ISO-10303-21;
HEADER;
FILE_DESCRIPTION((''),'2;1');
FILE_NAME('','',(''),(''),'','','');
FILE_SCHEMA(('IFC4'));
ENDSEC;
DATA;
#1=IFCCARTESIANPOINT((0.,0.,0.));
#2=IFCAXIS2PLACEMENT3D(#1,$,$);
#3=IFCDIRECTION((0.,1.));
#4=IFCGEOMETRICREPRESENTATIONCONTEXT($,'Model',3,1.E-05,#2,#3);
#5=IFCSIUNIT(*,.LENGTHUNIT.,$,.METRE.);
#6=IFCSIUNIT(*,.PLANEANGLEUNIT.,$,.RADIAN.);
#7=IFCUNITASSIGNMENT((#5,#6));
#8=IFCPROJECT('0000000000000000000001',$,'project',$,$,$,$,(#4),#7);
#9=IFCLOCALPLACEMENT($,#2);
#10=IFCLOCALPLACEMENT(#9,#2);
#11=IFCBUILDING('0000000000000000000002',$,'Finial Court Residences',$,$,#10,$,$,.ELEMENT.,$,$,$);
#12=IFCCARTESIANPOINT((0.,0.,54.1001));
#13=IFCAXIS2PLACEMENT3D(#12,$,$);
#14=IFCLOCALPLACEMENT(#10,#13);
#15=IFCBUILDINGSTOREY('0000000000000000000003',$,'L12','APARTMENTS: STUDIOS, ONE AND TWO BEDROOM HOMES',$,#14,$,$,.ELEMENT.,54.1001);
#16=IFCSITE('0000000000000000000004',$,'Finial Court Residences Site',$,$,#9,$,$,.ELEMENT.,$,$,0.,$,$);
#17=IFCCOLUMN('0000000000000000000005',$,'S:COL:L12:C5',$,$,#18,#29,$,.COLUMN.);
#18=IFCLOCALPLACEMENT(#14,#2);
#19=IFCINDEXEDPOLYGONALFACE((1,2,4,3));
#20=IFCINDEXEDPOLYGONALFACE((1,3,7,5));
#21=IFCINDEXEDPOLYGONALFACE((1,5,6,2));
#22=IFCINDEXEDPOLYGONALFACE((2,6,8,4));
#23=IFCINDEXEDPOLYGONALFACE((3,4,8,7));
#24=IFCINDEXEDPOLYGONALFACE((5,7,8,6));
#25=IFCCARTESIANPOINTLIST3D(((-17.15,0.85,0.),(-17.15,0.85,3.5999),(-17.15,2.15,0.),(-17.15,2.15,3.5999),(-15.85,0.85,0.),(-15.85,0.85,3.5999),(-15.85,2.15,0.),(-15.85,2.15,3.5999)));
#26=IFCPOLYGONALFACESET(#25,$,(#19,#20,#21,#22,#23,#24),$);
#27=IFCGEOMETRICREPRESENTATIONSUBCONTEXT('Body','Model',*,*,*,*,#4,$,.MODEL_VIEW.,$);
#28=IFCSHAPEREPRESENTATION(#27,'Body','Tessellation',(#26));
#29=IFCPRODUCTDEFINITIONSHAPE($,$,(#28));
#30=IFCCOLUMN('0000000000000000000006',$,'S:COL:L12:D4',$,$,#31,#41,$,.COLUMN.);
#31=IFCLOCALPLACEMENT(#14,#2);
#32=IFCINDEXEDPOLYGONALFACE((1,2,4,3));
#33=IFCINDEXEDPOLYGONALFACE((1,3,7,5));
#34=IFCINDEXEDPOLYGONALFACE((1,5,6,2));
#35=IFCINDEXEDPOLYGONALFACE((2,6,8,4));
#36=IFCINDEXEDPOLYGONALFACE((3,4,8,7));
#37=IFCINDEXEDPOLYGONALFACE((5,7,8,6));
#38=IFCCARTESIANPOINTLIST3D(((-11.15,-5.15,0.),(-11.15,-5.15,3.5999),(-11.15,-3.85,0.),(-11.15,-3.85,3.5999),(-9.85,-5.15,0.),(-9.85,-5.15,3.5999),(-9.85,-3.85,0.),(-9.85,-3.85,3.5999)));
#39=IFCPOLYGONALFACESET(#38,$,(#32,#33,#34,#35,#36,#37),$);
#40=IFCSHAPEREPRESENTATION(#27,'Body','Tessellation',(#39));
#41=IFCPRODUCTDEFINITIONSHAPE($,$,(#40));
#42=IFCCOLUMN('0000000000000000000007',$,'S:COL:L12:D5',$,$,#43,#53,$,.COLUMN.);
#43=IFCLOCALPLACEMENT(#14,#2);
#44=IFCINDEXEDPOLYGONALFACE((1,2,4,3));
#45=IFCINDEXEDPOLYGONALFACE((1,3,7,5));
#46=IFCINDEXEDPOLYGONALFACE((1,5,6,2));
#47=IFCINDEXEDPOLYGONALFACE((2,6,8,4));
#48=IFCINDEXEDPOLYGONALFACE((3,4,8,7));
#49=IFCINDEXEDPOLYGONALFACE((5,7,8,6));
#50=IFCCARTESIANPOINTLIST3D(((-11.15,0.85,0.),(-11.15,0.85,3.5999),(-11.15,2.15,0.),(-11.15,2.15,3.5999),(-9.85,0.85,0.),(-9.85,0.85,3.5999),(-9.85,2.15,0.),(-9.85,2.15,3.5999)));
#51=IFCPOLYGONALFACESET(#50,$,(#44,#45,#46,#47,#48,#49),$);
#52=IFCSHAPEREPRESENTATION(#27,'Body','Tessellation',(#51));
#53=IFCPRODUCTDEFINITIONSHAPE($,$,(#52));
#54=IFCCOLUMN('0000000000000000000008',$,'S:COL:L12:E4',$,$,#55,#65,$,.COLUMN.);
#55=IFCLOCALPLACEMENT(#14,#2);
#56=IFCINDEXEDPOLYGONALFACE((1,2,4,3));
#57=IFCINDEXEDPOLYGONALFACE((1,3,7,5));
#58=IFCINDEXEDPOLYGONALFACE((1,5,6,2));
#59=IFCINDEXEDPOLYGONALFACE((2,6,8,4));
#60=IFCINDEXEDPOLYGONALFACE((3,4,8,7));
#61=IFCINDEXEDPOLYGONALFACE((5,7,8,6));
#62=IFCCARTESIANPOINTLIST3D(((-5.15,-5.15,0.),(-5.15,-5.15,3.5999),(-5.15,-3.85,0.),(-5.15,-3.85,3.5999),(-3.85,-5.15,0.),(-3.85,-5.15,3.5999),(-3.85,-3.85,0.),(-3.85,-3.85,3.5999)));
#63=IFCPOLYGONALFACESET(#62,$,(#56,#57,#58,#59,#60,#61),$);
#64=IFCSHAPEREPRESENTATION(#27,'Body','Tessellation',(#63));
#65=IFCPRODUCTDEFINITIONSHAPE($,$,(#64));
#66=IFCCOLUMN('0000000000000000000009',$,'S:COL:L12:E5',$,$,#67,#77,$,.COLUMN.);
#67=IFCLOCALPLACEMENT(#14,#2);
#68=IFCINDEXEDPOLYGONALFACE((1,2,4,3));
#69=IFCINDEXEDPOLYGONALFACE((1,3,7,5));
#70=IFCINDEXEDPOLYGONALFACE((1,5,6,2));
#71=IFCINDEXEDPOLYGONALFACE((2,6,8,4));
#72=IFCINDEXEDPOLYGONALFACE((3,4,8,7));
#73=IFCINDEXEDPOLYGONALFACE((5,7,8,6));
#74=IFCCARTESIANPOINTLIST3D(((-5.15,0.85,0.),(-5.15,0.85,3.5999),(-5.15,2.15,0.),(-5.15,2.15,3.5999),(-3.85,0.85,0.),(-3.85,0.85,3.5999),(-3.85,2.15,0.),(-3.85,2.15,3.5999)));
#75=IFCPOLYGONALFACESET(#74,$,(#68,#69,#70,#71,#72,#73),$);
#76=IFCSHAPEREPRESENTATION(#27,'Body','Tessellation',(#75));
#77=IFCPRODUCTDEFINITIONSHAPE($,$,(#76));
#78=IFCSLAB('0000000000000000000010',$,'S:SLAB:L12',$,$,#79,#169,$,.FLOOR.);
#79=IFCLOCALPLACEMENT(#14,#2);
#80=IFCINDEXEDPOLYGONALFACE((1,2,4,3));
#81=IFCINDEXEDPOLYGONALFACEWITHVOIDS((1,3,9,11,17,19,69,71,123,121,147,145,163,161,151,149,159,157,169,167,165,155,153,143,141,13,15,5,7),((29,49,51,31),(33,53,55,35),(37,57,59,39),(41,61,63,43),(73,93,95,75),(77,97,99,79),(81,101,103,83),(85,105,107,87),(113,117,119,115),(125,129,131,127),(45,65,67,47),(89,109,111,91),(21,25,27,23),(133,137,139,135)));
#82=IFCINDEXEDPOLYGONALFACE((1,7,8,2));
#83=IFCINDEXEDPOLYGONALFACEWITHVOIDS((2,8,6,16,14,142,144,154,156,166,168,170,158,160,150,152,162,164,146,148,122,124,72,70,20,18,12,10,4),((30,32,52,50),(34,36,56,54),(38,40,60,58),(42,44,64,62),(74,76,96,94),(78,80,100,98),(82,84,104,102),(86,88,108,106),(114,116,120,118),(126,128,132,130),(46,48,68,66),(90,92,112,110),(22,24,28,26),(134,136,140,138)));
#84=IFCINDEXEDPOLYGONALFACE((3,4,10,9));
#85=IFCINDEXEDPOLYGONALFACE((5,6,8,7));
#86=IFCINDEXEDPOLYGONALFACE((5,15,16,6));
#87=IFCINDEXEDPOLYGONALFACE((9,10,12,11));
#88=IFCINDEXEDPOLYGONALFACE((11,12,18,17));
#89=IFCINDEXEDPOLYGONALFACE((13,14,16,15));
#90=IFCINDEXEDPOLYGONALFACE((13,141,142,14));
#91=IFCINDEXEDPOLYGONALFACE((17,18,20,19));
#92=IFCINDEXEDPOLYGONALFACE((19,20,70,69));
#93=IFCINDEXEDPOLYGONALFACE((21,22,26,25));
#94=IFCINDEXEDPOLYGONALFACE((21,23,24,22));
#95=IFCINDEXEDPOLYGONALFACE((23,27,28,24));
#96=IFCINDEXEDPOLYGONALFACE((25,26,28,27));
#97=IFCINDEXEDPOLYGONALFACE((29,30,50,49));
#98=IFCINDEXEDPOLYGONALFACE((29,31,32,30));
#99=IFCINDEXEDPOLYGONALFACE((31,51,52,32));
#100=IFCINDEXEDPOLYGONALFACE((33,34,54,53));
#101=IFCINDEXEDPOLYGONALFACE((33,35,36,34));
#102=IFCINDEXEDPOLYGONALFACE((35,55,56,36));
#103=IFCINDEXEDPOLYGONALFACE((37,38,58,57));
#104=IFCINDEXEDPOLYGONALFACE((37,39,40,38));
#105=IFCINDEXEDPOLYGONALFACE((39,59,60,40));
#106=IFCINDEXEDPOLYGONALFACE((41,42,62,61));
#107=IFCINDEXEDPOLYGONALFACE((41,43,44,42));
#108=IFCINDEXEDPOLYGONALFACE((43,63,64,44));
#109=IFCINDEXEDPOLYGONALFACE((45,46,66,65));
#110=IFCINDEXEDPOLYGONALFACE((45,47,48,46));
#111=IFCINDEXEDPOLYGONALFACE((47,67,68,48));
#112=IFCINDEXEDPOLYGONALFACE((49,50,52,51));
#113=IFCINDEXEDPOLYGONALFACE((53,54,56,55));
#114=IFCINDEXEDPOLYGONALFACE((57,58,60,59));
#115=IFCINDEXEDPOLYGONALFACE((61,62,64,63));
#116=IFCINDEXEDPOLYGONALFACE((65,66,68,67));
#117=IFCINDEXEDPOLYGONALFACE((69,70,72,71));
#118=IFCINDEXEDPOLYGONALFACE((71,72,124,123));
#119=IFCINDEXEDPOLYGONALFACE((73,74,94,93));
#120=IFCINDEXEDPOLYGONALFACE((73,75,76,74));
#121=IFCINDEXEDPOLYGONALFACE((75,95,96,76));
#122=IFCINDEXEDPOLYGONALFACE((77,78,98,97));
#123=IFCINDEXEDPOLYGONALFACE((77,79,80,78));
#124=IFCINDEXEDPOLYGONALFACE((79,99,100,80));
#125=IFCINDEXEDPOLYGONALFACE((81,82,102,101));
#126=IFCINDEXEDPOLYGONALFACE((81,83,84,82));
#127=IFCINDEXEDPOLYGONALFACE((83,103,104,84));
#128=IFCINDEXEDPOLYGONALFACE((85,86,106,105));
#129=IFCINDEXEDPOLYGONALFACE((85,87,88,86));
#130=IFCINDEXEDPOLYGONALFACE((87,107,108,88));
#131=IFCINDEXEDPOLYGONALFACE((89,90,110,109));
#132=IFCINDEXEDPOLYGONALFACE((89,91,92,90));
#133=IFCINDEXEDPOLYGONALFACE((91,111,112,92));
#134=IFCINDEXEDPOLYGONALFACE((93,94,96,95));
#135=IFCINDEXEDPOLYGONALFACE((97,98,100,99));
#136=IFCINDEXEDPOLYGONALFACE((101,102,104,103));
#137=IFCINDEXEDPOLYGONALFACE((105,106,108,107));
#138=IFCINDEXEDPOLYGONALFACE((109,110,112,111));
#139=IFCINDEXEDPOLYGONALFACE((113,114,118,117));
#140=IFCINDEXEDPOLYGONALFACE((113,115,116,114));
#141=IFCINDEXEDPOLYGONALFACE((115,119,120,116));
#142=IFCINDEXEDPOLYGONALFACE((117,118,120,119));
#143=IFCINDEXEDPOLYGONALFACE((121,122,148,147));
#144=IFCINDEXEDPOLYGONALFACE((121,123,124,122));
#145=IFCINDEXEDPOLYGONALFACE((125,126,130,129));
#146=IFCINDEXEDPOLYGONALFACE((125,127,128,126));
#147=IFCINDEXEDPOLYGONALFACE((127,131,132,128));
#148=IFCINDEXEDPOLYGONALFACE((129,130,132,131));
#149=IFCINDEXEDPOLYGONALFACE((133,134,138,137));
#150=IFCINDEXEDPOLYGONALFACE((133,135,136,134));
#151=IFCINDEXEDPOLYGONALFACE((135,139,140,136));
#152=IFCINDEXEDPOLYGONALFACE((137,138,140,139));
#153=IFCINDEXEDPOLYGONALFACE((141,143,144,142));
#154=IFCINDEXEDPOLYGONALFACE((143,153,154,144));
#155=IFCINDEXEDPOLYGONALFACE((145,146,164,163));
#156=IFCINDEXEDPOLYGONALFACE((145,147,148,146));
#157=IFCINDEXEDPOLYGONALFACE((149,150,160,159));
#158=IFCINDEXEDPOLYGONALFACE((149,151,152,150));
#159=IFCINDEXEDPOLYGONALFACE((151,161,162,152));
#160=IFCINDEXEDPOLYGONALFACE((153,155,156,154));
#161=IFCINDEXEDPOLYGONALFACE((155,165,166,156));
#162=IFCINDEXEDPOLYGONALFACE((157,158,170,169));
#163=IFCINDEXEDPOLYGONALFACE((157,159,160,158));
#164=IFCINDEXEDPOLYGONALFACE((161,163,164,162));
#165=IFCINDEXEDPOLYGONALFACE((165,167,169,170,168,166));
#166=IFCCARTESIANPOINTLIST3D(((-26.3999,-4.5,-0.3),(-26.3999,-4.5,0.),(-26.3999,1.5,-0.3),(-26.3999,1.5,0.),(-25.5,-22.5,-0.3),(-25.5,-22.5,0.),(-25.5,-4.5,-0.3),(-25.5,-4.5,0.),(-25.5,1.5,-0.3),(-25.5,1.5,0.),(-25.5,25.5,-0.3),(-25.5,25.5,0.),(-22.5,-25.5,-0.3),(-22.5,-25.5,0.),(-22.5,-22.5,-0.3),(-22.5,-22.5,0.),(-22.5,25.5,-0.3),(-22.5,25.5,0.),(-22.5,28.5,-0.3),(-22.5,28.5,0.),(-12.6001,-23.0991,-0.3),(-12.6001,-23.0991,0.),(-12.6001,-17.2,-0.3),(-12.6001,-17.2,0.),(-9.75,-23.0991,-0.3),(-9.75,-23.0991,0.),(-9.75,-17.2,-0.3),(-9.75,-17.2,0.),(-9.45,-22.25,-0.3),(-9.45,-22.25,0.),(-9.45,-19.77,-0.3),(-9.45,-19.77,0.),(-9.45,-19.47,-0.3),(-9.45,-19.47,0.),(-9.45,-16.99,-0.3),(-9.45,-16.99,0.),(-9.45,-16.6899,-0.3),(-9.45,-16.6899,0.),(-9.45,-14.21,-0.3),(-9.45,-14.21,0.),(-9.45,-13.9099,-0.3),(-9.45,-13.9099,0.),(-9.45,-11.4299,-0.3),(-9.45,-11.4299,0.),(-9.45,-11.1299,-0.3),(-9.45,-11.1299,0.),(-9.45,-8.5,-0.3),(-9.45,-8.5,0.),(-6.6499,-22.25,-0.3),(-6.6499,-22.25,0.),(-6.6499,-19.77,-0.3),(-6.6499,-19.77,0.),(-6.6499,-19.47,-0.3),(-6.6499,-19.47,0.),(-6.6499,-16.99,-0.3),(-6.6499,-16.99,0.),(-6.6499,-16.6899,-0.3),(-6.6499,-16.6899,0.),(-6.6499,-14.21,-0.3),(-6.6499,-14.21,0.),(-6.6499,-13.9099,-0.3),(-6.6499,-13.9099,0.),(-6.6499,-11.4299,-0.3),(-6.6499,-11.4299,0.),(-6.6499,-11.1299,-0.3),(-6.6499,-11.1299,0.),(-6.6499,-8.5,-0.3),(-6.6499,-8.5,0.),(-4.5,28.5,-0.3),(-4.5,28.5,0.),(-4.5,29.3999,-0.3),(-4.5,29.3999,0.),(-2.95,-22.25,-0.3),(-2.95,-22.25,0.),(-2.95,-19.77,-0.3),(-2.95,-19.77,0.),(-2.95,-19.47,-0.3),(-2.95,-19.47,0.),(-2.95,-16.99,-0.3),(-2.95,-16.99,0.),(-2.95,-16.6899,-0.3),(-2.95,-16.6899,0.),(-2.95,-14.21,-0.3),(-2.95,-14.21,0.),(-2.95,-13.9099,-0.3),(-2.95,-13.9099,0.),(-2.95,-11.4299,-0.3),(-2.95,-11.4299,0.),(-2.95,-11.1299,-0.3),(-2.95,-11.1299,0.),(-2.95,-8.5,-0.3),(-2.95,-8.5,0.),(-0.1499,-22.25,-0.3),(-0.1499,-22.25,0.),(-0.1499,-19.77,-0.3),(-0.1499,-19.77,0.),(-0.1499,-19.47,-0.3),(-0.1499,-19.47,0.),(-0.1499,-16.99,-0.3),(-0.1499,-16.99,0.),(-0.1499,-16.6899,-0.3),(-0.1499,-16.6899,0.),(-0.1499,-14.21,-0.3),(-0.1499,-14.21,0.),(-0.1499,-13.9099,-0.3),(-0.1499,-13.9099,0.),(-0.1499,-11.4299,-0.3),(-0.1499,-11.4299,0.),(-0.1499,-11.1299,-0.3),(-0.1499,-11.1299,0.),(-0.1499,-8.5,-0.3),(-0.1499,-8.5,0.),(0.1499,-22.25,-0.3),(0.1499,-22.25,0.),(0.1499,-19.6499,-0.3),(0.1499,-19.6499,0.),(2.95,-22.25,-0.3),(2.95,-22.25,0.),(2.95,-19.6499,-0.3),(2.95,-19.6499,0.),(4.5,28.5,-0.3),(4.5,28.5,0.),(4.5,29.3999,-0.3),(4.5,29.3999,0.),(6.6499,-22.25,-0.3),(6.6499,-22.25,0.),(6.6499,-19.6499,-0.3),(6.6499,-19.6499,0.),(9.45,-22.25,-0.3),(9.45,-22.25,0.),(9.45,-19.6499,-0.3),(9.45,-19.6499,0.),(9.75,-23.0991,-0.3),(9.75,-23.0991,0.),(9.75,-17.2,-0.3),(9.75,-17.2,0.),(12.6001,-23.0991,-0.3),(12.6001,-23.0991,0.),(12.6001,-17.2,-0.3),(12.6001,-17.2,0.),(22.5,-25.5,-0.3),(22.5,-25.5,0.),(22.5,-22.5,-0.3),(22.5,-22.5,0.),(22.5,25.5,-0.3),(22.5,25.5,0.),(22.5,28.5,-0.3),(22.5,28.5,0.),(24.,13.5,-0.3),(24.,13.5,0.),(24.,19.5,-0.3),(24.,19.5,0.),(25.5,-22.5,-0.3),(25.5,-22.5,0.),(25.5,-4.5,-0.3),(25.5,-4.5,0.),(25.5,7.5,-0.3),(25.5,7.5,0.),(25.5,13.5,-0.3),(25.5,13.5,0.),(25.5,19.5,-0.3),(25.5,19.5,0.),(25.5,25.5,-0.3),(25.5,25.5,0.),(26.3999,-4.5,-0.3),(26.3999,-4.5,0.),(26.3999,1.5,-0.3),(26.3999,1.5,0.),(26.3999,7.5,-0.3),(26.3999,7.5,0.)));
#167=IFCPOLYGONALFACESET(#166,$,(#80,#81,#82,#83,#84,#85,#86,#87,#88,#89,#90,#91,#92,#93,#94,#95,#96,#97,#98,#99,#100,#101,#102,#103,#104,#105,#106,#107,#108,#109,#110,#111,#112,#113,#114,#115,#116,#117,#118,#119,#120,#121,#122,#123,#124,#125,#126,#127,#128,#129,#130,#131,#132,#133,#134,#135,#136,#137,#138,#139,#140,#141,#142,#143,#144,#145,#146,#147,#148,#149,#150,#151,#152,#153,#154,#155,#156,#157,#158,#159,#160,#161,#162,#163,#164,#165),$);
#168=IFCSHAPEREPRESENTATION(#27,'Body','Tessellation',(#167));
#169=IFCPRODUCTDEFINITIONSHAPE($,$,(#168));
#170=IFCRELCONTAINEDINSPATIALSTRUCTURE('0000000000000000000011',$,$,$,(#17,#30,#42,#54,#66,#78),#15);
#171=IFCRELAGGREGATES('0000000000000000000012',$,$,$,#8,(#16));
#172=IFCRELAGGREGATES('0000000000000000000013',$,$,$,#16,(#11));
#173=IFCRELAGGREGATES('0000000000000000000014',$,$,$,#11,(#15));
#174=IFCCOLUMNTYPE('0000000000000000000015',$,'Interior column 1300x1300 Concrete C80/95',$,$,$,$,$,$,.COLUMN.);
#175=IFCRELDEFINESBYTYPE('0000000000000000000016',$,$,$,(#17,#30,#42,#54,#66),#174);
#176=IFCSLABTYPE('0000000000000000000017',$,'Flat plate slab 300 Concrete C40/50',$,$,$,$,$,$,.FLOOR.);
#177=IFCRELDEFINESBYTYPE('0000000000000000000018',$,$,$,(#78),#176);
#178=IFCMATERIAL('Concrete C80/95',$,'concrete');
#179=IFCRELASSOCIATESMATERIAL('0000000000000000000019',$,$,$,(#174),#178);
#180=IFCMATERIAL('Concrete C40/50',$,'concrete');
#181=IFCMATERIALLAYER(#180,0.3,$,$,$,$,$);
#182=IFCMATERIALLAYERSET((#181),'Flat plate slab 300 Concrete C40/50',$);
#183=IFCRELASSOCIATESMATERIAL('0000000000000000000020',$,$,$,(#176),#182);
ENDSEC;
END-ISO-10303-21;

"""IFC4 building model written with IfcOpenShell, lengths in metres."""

from ifc_helpers import new_model, si_unit, direction, frame, origin, origin_2d, place, context, subcontext, project, spatial, polyline, rectangle, outline, extrude, material, layer, layer_set, material_profile, profile_set, type_object, element, save


model = new_model("IFC4")

# Units and contexts
model_context = context("Model", 3, precision=1e-05, world=origin(), true_north=direction((0.0, 1.0)))
body_context = subcontext(model_context, "Body", "Model", "MODEL_VIEW")
ifc_project = project(units=[si_unit("LENGTHUNIT", "METRE"), si_unit("PLANEANGLEUNIT", "RADIAN")], contexts=[model_context])

# Site, building, storey
site_placement = place(None, origin())
site = spatial("IfcSite", under=ifc_project, at=site_placement, Name="Finial Court Residences Site", CompositionType="ELEMENT", RefElevation=0.0)
building_placement = place(site_placement, origin())
building = spatial("IfcBuilding", under=site, at=building_placement, Name="Finial Court Residences", CompositionType="ELEMENT")
storey_placement = place(building_placement, frame((0.0, 0.0, 54.1001)))
storey = spatial("IfcBuildingStorey", under=building, at=storey_placement, Name="L12", Description="APARTMENTS: STUDIOS, ONE AND TWO BEDROOM HOMES", CompositionType="ELEMENT", Elevation=54.1001)

# Columns
ifc_material_1 = material(Name="Concrete C80/95", Category="concrete")
ifc_material_profile = material_profile(ifc_material_1, rectangle(XDim=1.3, YDim=1.3, at=origin_2d()), Name="1300x1300")
ifc_profile_set = profile_set([ifc_material_profile], Name="Concrete C80/95")
column_type = type_object("IfcColumnType", Name="Interior column 1300x1300 Concrete C80/95", PredefinedType="COLUMN", material=ifc_profile_set)
for number, where, z_axis, x_axis, name in (
    (1, (-16.5, 1.5, 0.0), (0.0, 0.0, 1.0), (1.0, 0.0, 0.0), "S:COL:L12:C5"),
    (2, (-10.5, -4.5, 0.0), (0.0, 0.0, 1.0), (1.0, 0.0, 0.0), "S:COL:L12:D4"),
    (3, (-10.5, 1.5, 0.0), (0.0, 0.0, 1.0), (1.0, 0.0, 0.0), "S:COL:L12:D5"),
    (4, (-4.5, -4.5, 0.0), (0.0, 0.0, 1.0), (1.0, 0.0, 0.0), "S:COL:L12:E4"),
    (5, (-4.5, 1.5, 0.0), (0.0, 0.0, 1.0), (1.0, 0.0, 0.0), "S:COL:L12:E5"),
):
    element("IfcColumn", number, at=place(storey_placement, frame(where, z_axis=z_axis, x_axis=x_axis)), inside=storey, type_object=column_type, Name=name, PredefinedType="COLUMN", context=body_context, shape_type="SweptSolid", body=[
        extrude(rectangle(XDim=1.3, YDim=1.3, at=origin_2d()), origin(), (0.0, 0.0, 1.0), 3.5999),
    ])

# Slab
ifc_material_2 = material(Name="Concrete C40/50", Category="concrete")
ifc_layer_1 = layer(ifc_material_2, 0.3)
ifc_layer_set_1 = layer_set([ifc_layer_1], Name="Flat plate slab 300 Concrete C40/50")
slab_type = type_object("IfcSlabType", Name="Flat plate slab 300 Concrete C40/50", PredefinedType="FLOOR", material=ifc_layer_set_1)
slab_placement = place(storey_placement, frame((0.0, 0.0, -0.3)))
element("IfcSlab", 6, at=slab_placement, inside=storey, type_object=slab_type, Name="S:SLAB:L12", PredefinedType="FLOOR", context=body_context, shape_type="SweptSolid", body=[
    extrude(outline(polyline([(-22.5, 28.5), (-4.5, 28.5), (-4.5, 29.3999), (4.5, 29.3999), (4.5, 28.5), (22.5, 28.5), (22.5, 25.5), (25.5, 25.5), (25.5, 19.5), (24.0, 19.5), (24.0, 13.5), (25.5, 13.5), (25.5, 7.5), (26.3999, 7.5), (26.3999, 1.5), (26.3999, -4.5), (25.5, -4.5), (25.5, -22.5), (22.5, -22.5), (22.5, -25.5), (-22.5, -25.5), (-22.5, -22.5), (-25.5, -22.5), (-25.5, -4.5), (-26.3999, -4.5), (-26.3999, 1.5), (-25.5, 1.5), (-25.5, 25.5), (-22.5, 25.5), (-22.5, 28.5)]), holes=[polyline([(-6.6499, -19.77), (-9.45, -19.77), (-9.45, -22.25), (-6.6499, -22.25), (-6.6499, -19.77)]), polyline([(-9.75, -17.2), (-12.6001, -17.2), (-12.6001, -23.0991), (-9.75, -23.0991), (-9.75, -17.2)]), polyline([(-6.6499, -19.47), (-6.6499, -16.99), (-9.45, -16.99), (-9.45, -19.47), (-6.6499, -19.47)]), polyline([(-6.6499, -16.6899), (-6.6499, -14.21), (-9.45, -14.21), (-9.45, -16.6899), (-6.6499, -16.6899)]), polyline([(-6.6499, -13.9099), (-6.6499, -11.4299), (-9.45, -11.4299), (-9.45, -13.9099), (-6.6499, -13.9099)]), polyline([(-6.6499, -11.1299), (-6.6499, -8.5), (-9.45, -8.5), (-9.45, -11.1299), (-6.6499, -11.1299)]), polyline([(-0.1499, -11.1299), (-0.1499, -8.5), (-2.95, -8.5), (-2.95, -11.1299), (-0.1499, -11.1299)]), polyline([(-0.1499, -19.77), (-2.95, -19.77), (-2.95, -22.25), (-0.1499, -22.25), (-0.1499, -19.77)]), polyline([(2.95, -22.25), (2.95, -19.6499), (0.1499, -19.6499), (0.1499, -22.25), (2.95, -22.25)]), polyline([(9.45, -22.25), (9.45, -19.6499), (6.6499, -19.6499), (6.6499, -22.25), (9.45, -22.25)]), polyline([(12.6001, -17.2), (9.75, -17.2), (9.75, -23.0991), (12.6001, -23.0991), (12.6001, -17.2)]), polyline([(-0.1499, -19.47), (-0.1499, -16.99), (-2.95, -16.99), (-2.95, -19.47), (-0.1499, -19.47)]), polyline([(-0.1499, -16.6899), (-0.1499, -14.21), (-2.95, -14.21), (-2.95, -16.6899), (-0.1499, -16.6899)]), polyline([(-0.1499, -13.9099), (-0.1499, -11.4299), (-2.95, -11.4299), (-2.95, -13.9099), (-0.1499, -13.9099)])]), origin(), (0.0, 0.0, 1.0), 0.3),
])

save(model, "model.ifc")
